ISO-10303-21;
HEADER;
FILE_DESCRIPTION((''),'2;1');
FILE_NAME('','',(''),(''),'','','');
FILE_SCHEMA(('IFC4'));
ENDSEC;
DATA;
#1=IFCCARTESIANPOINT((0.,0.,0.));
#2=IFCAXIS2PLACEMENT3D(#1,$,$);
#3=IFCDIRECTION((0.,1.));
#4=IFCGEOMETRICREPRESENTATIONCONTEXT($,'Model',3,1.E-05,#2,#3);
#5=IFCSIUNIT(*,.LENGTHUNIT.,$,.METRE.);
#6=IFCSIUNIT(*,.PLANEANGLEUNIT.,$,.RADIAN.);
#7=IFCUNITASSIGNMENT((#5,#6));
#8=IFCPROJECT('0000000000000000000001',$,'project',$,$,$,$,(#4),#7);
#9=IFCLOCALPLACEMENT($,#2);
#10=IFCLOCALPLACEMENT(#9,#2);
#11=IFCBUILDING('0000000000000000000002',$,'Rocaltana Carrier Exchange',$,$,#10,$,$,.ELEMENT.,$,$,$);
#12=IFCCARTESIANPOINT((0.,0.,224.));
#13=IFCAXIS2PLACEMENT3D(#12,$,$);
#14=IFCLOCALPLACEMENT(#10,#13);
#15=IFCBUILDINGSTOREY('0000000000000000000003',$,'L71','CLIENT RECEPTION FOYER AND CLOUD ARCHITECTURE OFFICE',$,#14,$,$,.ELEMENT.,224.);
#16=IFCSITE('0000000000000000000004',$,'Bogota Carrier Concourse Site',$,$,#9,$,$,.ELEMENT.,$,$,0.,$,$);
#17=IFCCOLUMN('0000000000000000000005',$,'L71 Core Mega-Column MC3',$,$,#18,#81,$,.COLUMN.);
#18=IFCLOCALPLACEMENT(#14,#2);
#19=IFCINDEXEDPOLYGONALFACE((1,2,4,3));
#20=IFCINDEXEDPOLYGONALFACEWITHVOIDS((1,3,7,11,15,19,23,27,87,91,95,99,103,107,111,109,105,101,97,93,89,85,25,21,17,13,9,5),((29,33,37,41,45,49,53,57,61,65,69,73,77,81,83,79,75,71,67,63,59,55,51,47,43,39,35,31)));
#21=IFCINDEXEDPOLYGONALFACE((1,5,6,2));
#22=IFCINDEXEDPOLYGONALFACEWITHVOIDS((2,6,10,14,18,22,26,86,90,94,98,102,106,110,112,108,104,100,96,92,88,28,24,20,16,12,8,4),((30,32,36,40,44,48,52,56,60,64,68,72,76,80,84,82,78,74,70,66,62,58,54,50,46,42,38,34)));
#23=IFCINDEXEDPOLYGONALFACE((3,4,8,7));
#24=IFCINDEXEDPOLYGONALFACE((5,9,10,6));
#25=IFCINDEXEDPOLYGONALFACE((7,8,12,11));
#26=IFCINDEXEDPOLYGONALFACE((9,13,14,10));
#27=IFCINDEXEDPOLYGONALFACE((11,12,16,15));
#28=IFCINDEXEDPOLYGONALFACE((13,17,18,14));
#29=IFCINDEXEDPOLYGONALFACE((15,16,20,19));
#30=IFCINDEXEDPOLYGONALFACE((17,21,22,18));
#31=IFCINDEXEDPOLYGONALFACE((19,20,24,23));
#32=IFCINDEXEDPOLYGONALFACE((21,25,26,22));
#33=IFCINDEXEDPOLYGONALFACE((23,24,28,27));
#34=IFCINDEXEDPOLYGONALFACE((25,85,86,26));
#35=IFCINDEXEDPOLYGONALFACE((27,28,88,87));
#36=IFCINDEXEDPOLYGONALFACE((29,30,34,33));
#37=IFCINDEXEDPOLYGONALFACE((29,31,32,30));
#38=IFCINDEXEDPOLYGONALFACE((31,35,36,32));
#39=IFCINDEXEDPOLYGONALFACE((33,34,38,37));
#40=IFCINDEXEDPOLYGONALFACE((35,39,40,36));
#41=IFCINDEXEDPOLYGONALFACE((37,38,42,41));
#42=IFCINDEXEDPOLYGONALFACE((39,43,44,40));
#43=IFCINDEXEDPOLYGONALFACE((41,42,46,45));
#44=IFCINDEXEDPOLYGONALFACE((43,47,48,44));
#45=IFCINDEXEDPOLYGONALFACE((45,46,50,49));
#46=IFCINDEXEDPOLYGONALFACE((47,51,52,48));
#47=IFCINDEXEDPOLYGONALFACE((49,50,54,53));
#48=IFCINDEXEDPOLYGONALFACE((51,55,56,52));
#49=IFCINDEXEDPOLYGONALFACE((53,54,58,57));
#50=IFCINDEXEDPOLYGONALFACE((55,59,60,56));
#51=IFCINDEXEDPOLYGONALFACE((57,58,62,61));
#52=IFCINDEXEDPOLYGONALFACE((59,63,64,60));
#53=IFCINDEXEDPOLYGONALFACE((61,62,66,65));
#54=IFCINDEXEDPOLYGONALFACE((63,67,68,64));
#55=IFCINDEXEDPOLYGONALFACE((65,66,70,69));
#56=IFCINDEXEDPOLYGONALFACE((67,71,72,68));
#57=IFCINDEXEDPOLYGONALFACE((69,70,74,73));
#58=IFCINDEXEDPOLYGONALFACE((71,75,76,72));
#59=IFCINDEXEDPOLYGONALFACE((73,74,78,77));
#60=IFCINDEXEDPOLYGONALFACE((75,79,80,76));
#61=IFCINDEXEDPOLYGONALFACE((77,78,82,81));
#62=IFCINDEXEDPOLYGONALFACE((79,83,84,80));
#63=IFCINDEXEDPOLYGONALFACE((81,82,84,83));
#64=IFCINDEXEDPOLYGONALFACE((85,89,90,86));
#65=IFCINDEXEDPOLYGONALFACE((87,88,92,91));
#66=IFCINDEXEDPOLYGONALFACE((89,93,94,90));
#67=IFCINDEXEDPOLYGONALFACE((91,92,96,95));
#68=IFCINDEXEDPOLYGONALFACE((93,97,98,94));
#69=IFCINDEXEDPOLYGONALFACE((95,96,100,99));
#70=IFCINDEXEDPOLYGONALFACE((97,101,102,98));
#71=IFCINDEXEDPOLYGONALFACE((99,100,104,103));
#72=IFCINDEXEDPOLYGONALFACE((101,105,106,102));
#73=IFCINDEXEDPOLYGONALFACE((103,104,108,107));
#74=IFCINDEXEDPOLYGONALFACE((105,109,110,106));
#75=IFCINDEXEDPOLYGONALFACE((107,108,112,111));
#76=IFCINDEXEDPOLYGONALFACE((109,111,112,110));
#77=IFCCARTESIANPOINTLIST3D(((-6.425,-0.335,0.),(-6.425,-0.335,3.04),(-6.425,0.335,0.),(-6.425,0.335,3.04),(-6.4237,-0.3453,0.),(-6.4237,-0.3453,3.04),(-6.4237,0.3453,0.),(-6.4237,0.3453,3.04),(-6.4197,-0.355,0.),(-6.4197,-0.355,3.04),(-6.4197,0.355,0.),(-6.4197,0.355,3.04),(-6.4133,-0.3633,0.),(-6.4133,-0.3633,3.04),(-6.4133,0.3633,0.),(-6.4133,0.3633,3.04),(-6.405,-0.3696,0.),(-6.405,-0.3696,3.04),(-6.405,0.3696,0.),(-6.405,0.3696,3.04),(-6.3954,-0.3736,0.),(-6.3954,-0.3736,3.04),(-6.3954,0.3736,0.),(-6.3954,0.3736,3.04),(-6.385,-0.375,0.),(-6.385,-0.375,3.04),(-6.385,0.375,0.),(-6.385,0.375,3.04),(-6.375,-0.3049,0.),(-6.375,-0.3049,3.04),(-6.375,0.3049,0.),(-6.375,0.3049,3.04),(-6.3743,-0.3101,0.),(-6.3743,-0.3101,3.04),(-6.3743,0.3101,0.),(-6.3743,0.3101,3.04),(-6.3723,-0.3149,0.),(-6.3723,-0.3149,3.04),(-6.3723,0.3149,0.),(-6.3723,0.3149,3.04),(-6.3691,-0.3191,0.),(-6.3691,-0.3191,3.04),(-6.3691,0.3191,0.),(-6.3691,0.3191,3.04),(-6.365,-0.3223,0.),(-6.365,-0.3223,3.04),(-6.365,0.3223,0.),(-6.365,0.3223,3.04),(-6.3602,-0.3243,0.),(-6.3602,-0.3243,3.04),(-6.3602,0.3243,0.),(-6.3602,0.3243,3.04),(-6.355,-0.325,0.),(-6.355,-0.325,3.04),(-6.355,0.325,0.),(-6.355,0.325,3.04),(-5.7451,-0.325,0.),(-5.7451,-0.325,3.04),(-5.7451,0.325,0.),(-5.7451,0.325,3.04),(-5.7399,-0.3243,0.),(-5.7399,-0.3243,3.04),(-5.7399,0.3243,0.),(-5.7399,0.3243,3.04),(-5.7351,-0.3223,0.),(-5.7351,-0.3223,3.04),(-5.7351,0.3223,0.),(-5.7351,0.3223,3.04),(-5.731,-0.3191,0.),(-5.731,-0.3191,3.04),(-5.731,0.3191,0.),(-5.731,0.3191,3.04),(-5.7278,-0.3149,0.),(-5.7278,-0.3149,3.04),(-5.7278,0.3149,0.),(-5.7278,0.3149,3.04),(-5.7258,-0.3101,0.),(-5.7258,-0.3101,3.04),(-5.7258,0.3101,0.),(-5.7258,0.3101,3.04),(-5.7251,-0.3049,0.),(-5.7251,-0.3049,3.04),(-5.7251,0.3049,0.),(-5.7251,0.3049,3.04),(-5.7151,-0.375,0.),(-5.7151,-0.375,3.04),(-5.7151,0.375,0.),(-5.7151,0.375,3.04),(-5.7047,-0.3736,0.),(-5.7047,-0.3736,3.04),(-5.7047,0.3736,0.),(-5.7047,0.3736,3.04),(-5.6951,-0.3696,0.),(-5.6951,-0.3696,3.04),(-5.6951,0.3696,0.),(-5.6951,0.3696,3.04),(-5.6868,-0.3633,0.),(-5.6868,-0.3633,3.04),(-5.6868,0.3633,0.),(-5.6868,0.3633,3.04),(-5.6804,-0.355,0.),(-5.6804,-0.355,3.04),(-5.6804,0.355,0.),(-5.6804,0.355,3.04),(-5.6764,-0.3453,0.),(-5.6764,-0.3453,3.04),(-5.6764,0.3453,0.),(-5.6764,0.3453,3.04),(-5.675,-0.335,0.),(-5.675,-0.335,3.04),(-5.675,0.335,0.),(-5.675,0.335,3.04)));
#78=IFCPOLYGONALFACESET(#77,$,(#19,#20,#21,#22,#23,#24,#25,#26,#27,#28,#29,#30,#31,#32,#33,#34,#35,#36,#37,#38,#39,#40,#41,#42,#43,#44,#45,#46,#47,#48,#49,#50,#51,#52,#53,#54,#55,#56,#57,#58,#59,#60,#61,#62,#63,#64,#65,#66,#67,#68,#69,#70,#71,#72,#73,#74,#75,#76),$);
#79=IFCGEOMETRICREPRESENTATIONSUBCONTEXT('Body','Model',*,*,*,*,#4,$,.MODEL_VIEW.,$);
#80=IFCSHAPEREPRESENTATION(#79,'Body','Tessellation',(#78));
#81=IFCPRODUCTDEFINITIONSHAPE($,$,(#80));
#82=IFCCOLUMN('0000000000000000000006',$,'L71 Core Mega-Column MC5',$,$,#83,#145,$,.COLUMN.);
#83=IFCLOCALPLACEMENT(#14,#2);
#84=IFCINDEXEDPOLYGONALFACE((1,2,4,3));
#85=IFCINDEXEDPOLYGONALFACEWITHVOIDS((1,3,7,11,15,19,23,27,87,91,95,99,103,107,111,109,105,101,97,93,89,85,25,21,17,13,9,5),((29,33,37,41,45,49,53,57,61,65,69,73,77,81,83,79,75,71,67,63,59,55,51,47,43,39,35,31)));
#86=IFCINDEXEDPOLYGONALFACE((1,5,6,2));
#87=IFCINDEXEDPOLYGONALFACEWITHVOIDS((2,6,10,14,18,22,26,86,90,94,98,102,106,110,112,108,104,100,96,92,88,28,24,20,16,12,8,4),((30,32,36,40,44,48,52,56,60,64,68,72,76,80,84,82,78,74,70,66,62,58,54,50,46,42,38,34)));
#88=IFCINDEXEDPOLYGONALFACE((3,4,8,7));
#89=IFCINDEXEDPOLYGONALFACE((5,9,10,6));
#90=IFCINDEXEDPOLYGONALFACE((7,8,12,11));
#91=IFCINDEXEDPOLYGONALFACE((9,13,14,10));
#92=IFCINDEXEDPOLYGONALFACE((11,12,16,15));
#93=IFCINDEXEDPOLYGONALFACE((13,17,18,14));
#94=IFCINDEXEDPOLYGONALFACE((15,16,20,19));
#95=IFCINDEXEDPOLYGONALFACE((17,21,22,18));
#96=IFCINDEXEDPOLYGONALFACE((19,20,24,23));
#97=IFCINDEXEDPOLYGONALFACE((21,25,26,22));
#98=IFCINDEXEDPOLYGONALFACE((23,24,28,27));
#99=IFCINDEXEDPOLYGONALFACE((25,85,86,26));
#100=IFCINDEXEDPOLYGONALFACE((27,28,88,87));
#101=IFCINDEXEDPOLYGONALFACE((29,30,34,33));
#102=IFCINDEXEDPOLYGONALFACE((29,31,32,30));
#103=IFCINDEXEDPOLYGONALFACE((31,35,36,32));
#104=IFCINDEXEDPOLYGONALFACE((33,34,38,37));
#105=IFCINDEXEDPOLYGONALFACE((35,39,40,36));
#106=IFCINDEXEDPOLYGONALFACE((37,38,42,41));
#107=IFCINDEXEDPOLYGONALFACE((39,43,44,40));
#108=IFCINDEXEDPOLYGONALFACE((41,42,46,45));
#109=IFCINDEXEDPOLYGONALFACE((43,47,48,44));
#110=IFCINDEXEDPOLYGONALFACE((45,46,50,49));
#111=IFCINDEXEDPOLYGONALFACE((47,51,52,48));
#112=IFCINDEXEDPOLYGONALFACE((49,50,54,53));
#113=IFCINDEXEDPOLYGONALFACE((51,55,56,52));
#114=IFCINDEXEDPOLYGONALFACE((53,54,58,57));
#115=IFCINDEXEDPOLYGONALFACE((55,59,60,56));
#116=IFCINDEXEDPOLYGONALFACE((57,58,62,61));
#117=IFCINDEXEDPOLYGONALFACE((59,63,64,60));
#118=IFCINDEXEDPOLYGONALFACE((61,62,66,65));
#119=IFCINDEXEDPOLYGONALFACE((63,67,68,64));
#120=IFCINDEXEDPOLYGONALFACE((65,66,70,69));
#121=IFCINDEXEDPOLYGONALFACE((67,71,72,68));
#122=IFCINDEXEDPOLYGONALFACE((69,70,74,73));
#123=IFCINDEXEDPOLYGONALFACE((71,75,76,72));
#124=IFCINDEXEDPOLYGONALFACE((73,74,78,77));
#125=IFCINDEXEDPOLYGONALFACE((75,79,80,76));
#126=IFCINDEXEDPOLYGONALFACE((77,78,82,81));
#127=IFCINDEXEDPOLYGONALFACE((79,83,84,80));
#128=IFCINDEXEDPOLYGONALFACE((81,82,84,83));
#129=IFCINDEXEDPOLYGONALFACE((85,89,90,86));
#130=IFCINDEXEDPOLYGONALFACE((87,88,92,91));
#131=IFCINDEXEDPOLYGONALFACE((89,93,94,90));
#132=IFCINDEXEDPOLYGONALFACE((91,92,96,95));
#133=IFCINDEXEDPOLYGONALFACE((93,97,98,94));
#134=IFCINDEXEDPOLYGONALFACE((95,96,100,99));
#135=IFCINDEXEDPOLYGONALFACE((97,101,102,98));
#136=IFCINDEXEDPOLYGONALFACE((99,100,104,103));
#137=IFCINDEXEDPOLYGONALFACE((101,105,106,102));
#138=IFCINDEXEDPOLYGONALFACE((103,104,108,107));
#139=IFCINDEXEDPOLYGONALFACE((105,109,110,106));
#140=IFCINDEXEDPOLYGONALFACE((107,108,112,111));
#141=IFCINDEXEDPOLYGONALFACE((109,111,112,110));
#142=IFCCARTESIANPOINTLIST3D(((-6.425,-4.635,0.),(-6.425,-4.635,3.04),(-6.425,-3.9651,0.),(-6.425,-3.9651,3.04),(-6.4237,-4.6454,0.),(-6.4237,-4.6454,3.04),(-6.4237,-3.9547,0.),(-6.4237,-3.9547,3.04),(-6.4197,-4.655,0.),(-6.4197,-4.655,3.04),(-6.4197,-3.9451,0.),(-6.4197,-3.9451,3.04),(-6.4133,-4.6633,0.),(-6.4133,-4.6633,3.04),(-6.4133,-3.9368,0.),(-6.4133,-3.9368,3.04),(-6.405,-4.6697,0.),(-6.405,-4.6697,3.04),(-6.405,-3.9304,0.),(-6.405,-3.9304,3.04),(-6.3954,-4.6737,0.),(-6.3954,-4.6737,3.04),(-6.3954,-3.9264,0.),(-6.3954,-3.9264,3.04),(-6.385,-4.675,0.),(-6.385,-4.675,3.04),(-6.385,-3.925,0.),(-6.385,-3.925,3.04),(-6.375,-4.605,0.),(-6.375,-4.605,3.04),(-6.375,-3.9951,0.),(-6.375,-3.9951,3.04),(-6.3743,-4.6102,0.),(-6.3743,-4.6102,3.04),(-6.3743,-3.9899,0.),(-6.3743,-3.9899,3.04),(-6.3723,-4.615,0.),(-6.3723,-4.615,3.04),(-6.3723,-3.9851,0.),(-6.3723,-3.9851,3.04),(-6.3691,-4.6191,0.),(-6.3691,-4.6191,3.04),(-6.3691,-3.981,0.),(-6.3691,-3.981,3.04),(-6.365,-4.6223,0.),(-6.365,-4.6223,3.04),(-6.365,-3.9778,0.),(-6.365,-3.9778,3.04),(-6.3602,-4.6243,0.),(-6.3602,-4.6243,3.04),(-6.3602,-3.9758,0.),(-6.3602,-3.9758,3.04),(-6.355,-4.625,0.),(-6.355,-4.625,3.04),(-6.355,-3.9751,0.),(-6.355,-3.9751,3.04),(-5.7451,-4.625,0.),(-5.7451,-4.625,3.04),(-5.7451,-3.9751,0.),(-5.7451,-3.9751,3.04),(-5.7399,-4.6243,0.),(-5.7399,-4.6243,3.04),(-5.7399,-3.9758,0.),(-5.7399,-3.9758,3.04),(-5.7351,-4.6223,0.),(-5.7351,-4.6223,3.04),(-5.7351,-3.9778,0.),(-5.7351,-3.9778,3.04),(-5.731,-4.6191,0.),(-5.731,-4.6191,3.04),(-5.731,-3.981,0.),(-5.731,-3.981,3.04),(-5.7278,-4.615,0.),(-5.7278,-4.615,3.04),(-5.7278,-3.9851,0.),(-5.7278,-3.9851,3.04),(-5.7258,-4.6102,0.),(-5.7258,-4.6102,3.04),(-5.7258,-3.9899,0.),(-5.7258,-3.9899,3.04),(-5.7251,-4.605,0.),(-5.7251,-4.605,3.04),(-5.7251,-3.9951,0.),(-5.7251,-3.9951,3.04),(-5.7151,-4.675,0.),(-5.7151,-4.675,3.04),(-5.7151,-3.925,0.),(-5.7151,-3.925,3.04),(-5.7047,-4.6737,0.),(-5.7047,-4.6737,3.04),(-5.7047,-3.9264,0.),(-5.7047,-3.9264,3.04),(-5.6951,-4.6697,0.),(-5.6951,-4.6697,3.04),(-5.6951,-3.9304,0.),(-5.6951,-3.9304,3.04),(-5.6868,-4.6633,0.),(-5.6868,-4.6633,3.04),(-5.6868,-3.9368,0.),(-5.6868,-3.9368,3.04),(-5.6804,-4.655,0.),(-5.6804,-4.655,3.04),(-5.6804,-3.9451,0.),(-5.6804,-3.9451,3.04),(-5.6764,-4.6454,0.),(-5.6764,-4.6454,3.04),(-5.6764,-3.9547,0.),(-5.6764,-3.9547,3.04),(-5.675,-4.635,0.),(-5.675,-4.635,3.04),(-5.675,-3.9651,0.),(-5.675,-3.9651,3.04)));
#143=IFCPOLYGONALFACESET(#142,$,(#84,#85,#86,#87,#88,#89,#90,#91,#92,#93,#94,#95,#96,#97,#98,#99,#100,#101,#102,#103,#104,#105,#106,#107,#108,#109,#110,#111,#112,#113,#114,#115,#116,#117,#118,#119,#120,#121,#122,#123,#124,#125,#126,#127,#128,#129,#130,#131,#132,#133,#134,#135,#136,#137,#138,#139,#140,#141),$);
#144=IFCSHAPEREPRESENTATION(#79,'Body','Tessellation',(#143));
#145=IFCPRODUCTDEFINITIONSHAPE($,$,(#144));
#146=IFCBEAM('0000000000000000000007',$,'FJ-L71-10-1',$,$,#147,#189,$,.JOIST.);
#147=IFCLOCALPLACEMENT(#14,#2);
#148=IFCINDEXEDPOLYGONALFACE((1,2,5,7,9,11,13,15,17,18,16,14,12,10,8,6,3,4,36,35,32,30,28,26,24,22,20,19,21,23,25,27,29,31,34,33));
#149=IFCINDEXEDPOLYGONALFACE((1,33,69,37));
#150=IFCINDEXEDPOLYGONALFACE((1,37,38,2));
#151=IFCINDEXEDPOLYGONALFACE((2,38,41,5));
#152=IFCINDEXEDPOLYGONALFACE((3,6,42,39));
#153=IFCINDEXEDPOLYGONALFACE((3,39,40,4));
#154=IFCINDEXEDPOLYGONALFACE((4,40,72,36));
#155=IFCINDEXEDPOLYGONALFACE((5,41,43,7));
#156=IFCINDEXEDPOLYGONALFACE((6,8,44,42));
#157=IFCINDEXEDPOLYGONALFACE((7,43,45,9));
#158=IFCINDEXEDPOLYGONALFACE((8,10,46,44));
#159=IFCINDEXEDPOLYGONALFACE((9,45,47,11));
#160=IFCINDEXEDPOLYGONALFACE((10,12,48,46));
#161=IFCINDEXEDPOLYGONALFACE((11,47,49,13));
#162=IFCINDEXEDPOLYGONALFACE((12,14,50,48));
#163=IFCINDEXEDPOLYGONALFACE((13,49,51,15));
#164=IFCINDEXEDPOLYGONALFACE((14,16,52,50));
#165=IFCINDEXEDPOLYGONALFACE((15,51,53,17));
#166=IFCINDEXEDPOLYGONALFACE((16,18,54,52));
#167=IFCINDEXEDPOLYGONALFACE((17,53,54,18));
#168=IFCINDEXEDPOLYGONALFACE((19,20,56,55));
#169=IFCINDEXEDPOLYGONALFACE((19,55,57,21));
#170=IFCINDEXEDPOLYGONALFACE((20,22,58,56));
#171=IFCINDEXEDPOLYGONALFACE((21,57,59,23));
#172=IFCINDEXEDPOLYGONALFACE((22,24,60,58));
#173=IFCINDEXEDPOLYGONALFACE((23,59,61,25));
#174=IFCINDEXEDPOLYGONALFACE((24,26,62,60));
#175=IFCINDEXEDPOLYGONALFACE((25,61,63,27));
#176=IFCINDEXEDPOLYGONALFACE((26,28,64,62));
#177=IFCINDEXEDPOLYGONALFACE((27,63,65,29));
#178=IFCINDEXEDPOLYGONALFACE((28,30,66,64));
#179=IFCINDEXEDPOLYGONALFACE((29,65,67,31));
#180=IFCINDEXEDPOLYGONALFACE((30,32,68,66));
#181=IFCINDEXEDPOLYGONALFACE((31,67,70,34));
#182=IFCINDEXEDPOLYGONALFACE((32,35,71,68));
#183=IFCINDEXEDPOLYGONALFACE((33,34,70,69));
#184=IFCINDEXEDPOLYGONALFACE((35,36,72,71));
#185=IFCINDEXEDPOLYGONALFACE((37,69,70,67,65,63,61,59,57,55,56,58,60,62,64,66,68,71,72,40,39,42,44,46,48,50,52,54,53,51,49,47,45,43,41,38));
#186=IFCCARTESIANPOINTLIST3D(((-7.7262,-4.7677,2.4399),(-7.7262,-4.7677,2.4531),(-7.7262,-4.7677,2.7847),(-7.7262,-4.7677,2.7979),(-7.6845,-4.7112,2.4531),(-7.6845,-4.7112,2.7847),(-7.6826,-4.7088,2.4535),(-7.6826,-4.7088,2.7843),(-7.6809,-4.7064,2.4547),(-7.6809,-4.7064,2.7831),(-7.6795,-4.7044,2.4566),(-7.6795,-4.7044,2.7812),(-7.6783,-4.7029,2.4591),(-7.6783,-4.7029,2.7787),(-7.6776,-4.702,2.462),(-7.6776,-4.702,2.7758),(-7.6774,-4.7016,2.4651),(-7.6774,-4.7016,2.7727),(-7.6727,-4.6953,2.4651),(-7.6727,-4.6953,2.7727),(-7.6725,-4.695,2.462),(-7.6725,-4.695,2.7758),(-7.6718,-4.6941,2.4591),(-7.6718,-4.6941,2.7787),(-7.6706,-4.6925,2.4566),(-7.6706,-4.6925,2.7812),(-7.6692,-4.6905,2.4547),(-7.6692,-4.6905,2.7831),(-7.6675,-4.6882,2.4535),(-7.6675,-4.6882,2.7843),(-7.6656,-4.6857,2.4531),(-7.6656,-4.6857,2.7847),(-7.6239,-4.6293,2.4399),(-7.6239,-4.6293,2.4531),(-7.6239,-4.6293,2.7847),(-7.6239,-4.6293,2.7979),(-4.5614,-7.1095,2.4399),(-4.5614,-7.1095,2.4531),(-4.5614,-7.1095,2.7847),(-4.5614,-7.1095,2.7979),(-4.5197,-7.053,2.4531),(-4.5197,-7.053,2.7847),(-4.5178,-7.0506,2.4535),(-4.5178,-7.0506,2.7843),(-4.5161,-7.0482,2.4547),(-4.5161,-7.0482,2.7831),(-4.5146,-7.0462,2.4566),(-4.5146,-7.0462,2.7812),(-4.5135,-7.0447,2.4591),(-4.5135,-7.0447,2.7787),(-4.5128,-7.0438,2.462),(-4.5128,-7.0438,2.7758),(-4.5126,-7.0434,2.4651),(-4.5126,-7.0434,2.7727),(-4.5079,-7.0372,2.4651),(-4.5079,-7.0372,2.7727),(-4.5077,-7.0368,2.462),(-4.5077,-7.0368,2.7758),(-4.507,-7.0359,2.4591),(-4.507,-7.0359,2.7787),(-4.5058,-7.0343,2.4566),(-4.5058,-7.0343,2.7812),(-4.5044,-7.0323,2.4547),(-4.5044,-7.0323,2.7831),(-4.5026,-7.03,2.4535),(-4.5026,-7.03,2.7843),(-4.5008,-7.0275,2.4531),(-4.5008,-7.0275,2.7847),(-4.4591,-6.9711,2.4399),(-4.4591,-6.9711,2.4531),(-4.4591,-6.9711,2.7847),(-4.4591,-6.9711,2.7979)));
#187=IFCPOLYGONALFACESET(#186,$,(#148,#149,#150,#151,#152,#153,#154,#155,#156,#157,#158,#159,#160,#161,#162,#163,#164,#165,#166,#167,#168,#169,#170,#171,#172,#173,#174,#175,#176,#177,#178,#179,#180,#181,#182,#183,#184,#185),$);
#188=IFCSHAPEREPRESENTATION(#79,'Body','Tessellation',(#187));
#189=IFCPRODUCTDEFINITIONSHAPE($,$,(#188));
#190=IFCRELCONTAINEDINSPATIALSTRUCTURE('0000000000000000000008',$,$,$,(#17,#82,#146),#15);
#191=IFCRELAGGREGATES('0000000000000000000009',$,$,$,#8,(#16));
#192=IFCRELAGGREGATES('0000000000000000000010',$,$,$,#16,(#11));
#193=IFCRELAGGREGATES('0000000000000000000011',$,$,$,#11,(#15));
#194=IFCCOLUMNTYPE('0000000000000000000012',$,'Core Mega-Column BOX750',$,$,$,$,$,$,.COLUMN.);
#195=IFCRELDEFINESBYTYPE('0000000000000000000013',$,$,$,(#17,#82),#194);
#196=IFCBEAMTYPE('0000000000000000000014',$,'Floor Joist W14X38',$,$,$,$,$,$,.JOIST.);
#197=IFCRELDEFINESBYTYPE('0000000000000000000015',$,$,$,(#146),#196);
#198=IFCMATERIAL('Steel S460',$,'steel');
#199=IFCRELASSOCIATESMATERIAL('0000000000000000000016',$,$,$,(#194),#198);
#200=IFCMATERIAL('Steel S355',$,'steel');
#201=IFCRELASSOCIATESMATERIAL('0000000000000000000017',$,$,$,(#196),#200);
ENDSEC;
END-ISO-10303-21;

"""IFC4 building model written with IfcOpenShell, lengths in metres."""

from ifc_helpers import new_model, si_unit, direction, frame, origin, origin_2d, place, context, subcontext, project, spatial, hollow_rectangle, i_section, extrude, material, material_profile, profile_set, type_object, element, save


model = new_model("IFC4")

# Units and contexts
model_context = context("Model", 3, precision=1e-05, world=origin(), true_north=direction((0.0, 1.0)))
body_context = subcontext(model_context, "Body", "Model", "MODEL_VIEW")
ifc_project = project(units=[si_unit("LENGTHUNIT", "METRE"), si_unit("PLANEANGLEUNIT", "RADIAN")], contexts=[model_context])

# Site, building, storey
site_placement = place(None, origin())
site = spatial("IfcSite", under=ifc_project, at=site_placement, Name="Bogota Carrier Concourse Site", CompositionType="ELEMENT", RefElevation=0.0)
building_placement = place(site_placement, origin())
building = spatial("IfcBuilding", under=site, at=building_placement, Name="Rocaltana Carrier Exchange", CompositionType="ELEMENT")
storey_placement = place(building_placement, frame((0.0, 0.0, 224.0)))
storey = spatial("IfcBuildingStorey", under=building, at=storey_placement, Name="L71", Description="CLIENT RECEPTION FOYER AND CLOUD ARCHITECTURE OFFICE", CompositionType="ELEMENT", Elevation=224.0)

# Columns
ifc_material_1 = material(Name="Steel S460", Category="steel")
ifc_material_profile_1 = material_profile(ifc_material_1, hollow_rectangle(XDim=0.75, YDim=0.75, WallThickness=0.05, InnerFilletRadius=0.02, OuterFilletRadius=0.04, at=origin_2d()), Name="BOX750X750X50")
ifc_profile_set_1 = profile_set([ifc_material_profile_1], Name="Steel S460")
column_type = type_object("IfcColumnType", Name="Core Mega-Column BOX750", PredefinedType="COLUMN", material=ifc_profile_set_1)
for number, where, z_axis, x_axis, name in (
    (1, (-6.05, 0.0, 0.0), (0.0, 0.0, 1.0), (1.0, 0.0, 0.0), "L71 Core Mega-Column MC3"),
    (2, (-6.05, -4.3, 0.0), (0.0, 0.0, 1.0), (1.0, 0.0, 0.0), "L71 Core Mega-Column MC5"),
):
    element("IfcColumn", number, at=place(storey_placement, frame(where, z_axis=z_axis, x_axis=x_axis)), inside=storey, type_object=column_type, Name=name, PredefinedType="COLUMN", context=body_context, shape_type="SweptSolid", body=[
        extrude(hollow_rectangle(XDim=0.75, YDim=0.75, WallThickness=0.05, InnerFilletRadius=0.02, OuterFilletRadius=0.04, at=origin_2d()), origin(), (0.0, 0.0, 1.0), 3.04),
    ])

# Beam
ifc_material_2 = material(Name="Steel S355", Category="steel")
ifc_material_profile_2 = material_profile(ifc_material_2, i_section(OverallWidth=0.1721, OverallDepth=0.3579, WebThickness=0.0078, FlangeThickness=0.0132, FilletRadius=0.012, at=origin_2d()), Name="W14X38")
ifc_profile_set_2 = profile_set([ifc_material_profile_2], Name="Steel S355")
beam_type_1 = type_object("IfcBeamType", Name="Floor Joist W14X38", PredefinedType="JOIST", material=ifc_profile_set_2)
beam_1_placement = place(storey_placement, frame((-7.675, -4.6985, 2.6189), z_axis=(0.80386, -0.594818, 0.0), x_axis=(0.594818, 0.80386, 0.0)))
element("IfcBeam", 3, at=beam_1_placement, inside=storey, type_object=beam_type_1, Name="FJ-L71-10-1", PredefinedType="JOIST", context=body_context, shape_type="SweptSolid", body=[
    extrude(i_section(OverallWidth=0.1721, OverallDepth=0.3579, WebThickness=0.0078, FlangeThickness=0.0132, FilletRadius=0.012, at=origin_2d()), origin(), (0.0, 0.0, 1.0), 3.937),
])

save(model, "model.ifc")
